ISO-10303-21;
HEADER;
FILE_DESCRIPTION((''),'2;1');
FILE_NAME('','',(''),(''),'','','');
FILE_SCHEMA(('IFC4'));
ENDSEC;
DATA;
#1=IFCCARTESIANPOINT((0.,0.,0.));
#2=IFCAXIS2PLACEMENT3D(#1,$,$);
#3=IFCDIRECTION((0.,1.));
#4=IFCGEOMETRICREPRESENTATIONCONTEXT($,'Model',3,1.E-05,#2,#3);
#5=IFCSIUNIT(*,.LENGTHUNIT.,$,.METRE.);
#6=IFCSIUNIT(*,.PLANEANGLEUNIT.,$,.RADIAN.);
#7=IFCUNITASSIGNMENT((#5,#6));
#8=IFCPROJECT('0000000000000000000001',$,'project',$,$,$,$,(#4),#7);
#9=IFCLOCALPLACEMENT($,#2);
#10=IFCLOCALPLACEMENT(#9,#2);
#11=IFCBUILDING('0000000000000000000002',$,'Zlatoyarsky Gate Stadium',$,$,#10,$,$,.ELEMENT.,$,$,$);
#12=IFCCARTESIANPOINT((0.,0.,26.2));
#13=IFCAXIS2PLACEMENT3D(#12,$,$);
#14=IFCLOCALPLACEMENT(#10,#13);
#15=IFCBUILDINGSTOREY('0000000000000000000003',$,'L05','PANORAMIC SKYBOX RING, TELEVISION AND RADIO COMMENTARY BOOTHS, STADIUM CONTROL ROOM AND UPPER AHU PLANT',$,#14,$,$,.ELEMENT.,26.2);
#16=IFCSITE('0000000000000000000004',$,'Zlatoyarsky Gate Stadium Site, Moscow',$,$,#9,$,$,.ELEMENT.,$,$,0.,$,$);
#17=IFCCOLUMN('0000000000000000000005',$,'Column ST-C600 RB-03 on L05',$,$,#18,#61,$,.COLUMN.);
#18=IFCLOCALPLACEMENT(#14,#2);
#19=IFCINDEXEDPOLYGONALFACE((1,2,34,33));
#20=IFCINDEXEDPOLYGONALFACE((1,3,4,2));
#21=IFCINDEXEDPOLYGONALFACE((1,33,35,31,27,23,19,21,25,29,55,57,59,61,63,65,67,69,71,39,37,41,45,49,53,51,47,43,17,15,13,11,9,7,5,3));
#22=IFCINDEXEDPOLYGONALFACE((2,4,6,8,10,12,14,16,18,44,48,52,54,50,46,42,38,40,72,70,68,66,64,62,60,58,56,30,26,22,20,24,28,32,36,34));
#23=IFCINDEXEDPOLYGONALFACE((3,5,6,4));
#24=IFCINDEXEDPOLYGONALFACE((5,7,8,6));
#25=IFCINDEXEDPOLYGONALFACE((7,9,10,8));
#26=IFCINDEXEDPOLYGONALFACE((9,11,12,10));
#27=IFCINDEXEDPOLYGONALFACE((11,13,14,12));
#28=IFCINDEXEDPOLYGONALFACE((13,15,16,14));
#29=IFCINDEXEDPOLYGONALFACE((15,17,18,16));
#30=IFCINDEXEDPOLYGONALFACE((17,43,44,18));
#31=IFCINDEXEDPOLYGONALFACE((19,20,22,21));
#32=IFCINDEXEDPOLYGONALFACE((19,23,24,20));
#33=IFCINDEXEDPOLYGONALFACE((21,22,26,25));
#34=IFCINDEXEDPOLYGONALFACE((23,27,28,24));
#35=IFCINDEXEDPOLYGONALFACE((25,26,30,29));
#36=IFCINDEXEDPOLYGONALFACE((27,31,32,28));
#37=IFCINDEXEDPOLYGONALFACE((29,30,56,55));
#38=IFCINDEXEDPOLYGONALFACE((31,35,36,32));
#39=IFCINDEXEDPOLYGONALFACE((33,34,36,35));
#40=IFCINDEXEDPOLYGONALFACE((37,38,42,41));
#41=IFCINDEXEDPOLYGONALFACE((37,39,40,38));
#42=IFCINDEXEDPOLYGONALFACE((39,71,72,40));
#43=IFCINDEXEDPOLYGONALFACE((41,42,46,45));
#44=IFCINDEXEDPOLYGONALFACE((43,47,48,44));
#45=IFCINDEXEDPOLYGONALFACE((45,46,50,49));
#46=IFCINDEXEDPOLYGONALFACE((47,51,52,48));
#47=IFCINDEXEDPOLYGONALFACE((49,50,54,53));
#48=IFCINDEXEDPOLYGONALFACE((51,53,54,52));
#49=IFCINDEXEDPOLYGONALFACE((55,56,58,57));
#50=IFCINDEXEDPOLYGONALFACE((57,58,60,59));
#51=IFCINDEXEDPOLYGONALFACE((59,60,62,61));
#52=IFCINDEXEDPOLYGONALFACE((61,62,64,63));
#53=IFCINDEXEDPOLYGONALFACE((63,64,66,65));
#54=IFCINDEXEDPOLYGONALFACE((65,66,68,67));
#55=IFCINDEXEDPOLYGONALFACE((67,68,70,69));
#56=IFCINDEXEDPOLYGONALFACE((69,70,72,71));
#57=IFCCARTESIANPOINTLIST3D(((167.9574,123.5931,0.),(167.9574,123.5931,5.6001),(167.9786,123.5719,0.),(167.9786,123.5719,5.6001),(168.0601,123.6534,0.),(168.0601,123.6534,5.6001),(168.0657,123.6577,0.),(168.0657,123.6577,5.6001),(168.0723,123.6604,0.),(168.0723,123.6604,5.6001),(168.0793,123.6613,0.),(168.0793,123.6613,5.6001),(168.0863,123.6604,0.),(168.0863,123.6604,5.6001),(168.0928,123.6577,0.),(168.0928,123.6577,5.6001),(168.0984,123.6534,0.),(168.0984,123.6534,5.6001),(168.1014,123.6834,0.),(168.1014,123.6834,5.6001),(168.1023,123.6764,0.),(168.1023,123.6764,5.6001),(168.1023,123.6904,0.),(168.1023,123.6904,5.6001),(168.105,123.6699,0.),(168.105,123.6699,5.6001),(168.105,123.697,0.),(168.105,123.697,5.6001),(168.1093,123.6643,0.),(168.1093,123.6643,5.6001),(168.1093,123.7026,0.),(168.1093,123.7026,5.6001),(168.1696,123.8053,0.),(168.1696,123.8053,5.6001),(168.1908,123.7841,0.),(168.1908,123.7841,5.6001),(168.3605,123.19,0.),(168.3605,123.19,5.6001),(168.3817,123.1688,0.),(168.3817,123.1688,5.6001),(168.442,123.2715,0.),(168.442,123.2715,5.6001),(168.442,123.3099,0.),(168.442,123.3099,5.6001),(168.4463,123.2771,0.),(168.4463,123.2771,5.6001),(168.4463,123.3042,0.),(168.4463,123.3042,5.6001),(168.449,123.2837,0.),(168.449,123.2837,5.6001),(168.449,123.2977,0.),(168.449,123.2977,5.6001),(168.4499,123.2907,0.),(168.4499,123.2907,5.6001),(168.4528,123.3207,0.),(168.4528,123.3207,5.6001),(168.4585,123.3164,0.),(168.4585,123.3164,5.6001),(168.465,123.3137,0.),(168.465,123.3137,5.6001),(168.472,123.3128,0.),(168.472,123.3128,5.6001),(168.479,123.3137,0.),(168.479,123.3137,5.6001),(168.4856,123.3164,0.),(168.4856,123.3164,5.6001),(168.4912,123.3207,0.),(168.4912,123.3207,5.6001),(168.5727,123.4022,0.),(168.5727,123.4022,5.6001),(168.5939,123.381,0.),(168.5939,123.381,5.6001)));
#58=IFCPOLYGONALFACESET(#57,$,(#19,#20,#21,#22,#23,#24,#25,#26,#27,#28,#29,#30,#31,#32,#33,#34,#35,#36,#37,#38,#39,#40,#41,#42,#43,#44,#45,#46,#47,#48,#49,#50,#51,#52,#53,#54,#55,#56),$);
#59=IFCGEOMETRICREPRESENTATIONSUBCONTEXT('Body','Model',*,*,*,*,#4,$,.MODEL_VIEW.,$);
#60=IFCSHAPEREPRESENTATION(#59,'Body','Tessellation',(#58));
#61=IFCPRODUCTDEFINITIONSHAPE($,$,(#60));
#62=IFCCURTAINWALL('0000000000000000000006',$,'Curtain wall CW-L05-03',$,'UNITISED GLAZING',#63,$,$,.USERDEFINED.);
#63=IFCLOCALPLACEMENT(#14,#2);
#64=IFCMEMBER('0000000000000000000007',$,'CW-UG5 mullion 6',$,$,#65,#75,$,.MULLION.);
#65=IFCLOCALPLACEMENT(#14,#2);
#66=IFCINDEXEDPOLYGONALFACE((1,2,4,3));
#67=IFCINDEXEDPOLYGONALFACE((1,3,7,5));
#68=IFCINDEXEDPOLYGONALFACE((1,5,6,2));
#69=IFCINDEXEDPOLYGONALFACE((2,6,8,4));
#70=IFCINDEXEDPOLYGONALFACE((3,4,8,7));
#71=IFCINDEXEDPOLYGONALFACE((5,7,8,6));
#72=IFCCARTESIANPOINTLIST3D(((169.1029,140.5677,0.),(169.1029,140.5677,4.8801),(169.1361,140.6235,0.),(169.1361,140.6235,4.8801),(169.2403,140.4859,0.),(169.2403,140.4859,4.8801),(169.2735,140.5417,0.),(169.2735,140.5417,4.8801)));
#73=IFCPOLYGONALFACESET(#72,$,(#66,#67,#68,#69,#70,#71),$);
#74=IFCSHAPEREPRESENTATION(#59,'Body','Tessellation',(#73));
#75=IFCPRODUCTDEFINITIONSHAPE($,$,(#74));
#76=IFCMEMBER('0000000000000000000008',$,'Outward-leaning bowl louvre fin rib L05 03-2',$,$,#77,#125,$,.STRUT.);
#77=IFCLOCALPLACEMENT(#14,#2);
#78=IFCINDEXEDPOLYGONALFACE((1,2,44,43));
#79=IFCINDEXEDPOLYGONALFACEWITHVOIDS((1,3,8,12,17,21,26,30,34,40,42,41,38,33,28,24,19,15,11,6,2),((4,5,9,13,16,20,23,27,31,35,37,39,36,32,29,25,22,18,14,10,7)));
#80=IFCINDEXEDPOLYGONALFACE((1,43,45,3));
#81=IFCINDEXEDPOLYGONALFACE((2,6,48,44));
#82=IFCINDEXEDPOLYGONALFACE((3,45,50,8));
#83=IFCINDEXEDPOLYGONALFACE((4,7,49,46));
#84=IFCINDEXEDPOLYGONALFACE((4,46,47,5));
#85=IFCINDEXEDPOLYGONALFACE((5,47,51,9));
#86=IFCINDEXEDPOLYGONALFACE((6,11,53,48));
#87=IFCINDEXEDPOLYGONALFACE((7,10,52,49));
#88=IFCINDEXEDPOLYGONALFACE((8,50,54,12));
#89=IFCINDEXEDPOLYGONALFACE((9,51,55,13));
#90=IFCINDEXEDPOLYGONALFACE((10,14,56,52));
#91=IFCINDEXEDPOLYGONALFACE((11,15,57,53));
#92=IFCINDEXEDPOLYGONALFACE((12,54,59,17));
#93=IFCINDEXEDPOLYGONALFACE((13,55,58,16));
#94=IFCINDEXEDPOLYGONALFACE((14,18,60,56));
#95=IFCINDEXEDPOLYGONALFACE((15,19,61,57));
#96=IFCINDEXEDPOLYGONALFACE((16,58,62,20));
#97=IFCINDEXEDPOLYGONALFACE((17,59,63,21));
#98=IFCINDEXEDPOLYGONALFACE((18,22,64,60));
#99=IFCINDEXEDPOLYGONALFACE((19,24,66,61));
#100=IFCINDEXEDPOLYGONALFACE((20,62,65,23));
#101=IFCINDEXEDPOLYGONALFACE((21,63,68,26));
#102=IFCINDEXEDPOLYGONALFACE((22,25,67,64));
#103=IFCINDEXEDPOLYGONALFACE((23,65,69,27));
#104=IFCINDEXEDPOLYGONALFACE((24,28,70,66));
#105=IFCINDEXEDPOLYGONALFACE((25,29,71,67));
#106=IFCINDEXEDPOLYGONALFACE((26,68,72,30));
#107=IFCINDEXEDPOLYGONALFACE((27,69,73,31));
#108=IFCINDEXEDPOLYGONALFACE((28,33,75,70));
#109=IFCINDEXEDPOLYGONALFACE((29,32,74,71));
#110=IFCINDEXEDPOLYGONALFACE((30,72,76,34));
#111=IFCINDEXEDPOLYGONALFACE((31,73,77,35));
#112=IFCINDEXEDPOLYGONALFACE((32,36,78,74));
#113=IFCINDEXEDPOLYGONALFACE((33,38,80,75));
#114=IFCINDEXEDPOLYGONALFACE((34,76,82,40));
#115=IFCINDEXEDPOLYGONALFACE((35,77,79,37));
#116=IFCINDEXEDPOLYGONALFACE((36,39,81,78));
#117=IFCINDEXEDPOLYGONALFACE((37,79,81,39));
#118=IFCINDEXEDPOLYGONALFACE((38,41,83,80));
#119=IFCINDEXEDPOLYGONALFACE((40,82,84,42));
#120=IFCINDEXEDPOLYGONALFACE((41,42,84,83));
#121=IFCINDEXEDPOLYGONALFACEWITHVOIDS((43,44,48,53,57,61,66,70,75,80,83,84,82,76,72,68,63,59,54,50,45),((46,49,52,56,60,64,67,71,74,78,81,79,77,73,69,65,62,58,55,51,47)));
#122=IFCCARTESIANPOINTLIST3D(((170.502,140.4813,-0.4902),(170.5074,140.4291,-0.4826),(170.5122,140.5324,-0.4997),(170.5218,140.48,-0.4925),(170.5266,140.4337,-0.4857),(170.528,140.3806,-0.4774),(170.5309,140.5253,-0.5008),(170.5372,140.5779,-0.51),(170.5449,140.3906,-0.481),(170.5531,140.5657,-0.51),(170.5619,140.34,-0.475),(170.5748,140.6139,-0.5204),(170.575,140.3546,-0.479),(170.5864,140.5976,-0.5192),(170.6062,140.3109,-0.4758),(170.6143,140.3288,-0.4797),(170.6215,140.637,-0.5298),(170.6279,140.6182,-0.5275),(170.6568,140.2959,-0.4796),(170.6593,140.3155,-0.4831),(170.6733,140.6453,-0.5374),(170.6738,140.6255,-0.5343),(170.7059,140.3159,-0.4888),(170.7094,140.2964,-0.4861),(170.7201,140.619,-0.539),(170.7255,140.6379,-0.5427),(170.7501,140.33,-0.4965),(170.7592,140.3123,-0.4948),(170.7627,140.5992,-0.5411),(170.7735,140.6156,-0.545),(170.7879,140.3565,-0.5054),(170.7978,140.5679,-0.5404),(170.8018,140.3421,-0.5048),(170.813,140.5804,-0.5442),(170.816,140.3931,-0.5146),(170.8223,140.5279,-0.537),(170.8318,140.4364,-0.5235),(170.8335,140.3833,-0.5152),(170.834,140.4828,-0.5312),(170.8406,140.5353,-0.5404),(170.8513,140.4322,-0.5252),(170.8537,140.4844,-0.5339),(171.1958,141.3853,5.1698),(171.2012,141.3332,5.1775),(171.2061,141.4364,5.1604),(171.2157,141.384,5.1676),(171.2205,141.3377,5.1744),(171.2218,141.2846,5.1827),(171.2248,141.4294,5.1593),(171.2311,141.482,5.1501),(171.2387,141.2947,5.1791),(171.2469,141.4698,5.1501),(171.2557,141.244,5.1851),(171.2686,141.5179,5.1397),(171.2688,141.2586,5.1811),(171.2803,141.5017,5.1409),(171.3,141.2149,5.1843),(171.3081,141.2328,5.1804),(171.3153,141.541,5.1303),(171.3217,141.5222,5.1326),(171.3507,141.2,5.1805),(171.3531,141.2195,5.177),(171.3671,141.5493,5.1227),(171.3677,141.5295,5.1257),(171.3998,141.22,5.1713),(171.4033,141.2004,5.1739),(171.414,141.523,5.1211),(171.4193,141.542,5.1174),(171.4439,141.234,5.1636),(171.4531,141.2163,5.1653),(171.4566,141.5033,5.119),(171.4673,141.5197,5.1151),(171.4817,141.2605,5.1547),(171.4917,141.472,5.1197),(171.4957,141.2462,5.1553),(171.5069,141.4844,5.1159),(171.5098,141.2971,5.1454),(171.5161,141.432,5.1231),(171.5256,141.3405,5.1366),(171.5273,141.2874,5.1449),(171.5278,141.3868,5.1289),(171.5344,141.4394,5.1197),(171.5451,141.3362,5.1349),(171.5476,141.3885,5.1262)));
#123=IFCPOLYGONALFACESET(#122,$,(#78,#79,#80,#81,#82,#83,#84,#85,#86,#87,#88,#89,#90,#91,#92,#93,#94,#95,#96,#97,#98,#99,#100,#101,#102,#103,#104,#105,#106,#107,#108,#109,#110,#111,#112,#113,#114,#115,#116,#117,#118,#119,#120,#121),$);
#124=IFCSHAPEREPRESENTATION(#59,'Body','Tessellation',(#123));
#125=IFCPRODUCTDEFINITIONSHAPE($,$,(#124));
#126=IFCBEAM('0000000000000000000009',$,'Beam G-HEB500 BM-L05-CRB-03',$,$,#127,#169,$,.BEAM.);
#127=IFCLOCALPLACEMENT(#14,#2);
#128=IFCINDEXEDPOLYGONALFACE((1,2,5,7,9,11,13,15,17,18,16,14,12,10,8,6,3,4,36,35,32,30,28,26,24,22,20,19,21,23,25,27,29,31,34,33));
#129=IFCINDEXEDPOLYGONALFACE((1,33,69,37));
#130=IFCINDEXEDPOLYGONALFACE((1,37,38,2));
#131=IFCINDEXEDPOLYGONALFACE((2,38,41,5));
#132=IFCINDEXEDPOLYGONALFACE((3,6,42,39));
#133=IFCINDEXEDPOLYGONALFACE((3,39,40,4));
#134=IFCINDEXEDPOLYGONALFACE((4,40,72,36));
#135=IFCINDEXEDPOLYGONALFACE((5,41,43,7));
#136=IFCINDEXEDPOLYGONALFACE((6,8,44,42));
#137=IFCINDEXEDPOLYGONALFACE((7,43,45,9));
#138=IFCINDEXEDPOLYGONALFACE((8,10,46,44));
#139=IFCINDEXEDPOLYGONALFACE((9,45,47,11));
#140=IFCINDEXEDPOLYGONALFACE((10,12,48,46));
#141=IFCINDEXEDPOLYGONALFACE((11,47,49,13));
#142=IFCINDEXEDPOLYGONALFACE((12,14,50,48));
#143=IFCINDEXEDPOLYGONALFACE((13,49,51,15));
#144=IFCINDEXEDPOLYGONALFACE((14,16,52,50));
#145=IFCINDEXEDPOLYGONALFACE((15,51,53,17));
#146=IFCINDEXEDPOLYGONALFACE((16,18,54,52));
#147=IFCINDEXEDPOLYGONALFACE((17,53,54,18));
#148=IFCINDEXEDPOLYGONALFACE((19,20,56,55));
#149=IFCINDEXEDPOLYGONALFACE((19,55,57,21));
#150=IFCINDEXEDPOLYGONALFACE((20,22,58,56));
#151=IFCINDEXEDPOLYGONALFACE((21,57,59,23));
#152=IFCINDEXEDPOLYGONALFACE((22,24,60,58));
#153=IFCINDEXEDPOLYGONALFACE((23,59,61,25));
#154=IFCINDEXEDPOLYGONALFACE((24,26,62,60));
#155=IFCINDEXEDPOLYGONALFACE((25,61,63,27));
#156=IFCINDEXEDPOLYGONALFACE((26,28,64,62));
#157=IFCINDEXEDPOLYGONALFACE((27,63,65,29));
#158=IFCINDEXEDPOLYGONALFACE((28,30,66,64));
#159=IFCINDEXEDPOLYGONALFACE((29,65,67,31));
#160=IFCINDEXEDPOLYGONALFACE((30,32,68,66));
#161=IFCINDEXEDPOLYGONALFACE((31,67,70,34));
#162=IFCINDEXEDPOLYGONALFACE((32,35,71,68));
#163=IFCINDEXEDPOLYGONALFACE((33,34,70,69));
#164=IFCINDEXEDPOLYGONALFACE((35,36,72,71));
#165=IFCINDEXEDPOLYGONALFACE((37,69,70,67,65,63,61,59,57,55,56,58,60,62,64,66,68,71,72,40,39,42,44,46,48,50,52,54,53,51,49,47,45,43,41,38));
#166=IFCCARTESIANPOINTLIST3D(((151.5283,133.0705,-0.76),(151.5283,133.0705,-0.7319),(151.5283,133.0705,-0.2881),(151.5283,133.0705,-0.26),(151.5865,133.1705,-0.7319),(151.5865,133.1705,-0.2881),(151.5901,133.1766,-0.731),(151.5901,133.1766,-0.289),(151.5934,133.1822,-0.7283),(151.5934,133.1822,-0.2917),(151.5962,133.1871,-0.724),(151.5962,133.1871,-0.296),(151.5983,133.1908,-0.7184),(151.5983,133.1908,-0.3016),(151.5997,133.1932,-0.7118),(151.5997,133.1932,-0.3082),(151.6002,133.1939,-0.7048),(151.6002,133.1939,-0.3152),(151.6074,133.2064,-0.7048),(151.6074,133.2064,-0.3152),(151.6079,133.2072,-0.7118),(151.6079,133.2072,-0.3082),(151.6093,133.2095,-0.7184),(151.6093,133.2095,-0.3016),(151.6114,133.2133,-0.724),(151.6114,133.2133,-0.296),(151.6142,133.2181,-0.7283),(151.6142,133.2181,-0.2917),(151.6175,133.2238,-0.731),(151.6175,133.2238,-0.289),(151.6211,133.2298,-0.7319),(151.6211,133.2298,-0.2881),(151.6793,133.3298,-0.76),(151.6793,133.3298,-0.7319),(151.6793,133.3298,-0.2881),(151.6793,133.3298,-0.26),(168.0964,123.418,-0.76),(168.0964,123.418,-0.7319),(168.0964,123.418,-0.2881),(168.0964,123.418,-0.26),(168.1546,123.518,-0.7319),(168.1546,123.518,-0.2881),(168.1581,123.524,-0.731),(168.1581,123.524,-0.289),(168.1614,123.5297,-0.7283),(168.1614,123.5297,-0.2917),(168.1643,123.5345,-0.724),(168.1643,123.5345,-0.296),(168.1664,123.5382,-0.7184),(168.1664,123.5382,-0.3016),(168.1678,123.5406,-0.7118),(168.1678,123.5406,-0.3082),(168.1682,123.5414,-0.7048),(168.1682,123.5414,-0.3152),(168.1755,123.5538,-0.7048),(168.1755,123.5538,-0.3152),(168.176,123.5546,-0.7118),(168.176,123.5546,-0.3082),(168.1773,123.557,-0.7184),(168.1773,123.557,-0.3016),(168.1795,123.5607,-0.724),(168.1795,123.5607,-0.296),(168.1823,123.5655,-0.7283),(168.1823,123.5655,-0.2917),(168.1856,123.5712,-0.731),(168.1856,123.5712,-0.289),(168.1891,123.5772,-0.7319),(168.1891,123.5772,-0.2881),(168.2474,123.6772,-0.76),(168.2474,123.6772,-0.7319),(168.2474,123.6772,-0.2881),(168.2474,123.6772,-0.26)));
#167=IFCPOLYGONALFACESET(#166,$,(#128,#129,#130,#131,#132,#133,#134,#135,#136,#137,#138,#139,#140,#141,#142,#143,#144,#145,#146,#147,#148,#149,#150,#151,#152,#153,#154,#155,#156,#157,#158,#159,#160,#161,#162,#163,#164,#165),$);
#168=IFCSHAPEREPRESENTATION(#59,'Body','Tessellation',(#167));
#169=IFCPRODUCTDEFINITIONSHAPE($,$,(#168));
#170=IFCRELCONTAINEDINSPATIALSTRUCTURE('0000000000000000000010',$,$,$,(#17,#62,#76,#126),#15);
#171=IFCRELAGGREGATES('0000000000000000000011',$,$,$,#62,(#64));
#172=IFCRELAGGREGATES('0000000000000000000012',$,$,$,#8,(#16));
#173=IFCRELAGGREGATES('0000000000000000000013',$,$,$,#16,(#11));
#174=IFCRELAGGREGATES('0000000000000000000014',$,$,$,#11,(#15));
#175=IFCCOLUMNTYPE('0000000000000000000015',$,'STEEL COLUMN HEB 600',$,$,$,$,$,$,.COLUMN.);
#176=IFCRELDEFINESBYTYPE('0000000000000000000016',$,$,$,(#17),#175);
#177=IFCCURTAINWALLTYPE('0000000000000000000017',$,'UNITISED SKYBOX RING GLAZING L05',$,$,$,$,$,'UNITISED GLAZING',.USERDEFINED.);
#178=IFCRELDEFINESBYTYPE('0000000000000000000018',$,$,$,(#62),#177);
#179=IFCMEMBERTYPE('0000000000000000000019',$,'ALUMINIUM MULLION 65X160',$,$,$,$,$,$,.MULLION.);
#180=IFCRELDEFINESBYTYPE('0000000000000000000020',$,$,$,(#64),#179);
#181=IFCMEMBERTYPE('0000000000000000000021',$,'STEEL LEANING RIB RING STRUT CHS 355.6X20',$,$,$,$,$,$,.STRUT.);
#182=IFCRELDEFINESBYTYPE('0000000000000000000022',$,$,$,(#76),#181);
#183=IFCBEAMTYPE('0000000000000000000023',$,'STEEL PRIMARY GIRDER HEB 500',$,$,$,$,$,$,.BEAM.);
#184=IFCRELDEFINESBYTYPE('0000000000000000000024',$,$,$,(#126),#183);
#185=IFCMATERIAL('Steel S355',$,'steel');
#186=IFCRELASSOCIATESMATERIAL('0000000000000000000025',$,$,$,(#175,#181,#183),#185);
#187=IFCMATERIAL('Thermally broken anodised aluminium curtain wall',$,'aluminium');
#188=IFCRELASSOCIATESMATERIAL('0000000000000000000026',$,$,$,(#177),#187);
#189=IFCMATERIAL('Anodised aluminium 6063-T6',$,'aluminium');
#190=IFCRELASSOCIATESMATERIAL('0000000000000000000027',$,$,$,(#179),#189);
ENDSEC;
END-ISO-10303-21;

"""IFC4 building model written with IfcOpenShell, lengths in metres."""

from ifc_helpers import new_model, si_unit, direction, frame, origin, origin_2d, place, context, subcontext, project, spatial, rectangle, hollow_circle, i_section, extrude, material, material_profile, profile_set, type_object, element, aggregate, save


model = new_model("IFC4")

# Units and contexts
model_context = context("Model", 3, precision=1e-05, world=origin(), true_north=direction((0.0, 1.0)))
body_context = subcontext(model_context, "Body", "Model", "MODEL_VIEW")
ifc_project = project(units=[si_unit("LENGTHUNIT", "METRE"), si_unit("PLANEANGLEUNIT", "RADIAN")], contexts=[model_context])

# Site, building, storey
site_placement = place(None, origin())
site = spatial("IfcSite", under=ifc_project, at=site_placement, Name="Zlatoyarsky Gate Stadium Site, Moscow", CompositionType="ELEMENT", RefElevation=0.0)
building_placement = place(site_placement, origin())
building = spatial("IfcBuilding", under=site, at=building_placement, Name="Zlatoyarsky Gate Stadium", CompositionType="ELEMENT")
storey_placement = place(building_placement, frame((0.0, 0.0, 26.2)))
storey = spatial("IfcBuildingStorey", under=building, at=storey_placement, Name="L05", Description="PANORAMIC SKYBOX RING, TELEVISION AND RADIO COMMENTARY BOOTHS, STADIUM CONTROL ROOM AND UPPER AHU PLANT", CompositionType="ELEMENT", Elevation=26.2)

# Column
ifc_material_1 = material(Name="Steel S355", Category="steel")
ifc_material_profile_1 = material_profile(ifc_material_1, i_section(OverallWidth=0.3, OverallDepth=0.6001, WebThickness=0.0154, FlangeThickness=0.03, FilletRadius=0.0271, at=origin_2d()), Name="HEB 600")
ifc_profile_set_1 = profile_set([ifc_material_profile_1], Name="Steel S355")
column_type = type_object("IfcColumnType", Name="STEEL COLUMN HEB 600", PredefinedType="COLUMN", material=ifc_profile_set_1)
column_placement = place(storey_placement, frame((168.2756, 123.4871, 0.0), z_axis=(0.0, 0.0, 1.0), x_axis=(0.707107, 0.707107, 0.0)))
element("IfcColumn", 1, at=column_placement, inside=storey, type_object=column_type, Name="Column ST-C600 RB-03 on L05", PredefinedType="COLUMN", context=body_context, shape_type="SweptSolid", body=[
    extrude(i_section(OverallWidth=0.3, OverallDepth=0.6001, WebThickness=0.0154, FlangeThickness=0.03, FilletRadius=0.0271, at=origin_2d()), origin(), (0.0, 0.0, 1.0), 5.6001),
])

# Curtain wall, member
ifc_material_2 = material(Name="Thermally broken anodised aluminium curtain wall", Category="aluminium")
curtain_wall_type = type_object("IfcCurtainWallType", Name="UNITISED SKYBOX RING GLAZING L05", ElementType="UNITISED GLAZING", PredefinedType="USERDEFINED", material=ifc_material_2)
curtain_wall_placement = place(storey_placement, origin())
curtain_wall = element("IfcCurtainWall", 2, at=curtain_wall_placement, inside=storey, type_object=curtain_wall_type, Name="Curtain wall CW-L05-03", ObjectType="UNITISED GLAZING", PredefinedType="USERDEFINED")
ifc_material_3 = material(Name="Anodised aluminium 6063-T6", Category="aluminium")
ifc_material_profile_2 = material_profile(ifc_material_3, rectangle(XDim=0.0649, YDim=0.1599, at=origin_2d()), Name="ALU 65X160")
ifc_profile_set_2 = profile_set([ifc_material_profile_2], Name="Anodised aluminium 6063-T6")
member_type_1 = type_object("IfcMemberType", Name="ALUMINIUM MULLION 65X160", PredefinedType="MULLION", material=ifc_profile_set_2)
member_1_placement = place(storey_placement, frame((169.1882, 140.5547, 0.0), z_axis=(0.0, 0.0, 1.0), x_axis=(-0.511577, -0.859237, 0.0)))
member_1 = element("IfcMember", 3, at=member_1_placement, type_object=member_type_1, Name="CW-UG5 mullion 6", PredefinedType="MULLION", context=body_context, shape_type="SweptSolid", body=[
    extrude(rectangle(XDim=0.0649, YDim=0.1599, at=origin_2d()), origin(), (0.0, 0.0, 1.0), 4.8801),
])

# Member
ifc_material_profile_3 = material_profile(ifc_material_1, hollow_circle(Radius=0.1777, WallThickness=0.02, at=origin_2d()), Name="CHS 355.6X20")
ifc_profile_set_3 = profile_set([ifc_material_profile_3], Name="Steel S355")
member_type_2 = type_object("IfcMemberType", Name="STEEL LEANING RIB RING STRUT CHS 355.6X20", PredefinedType="STRUT", material=ifc_profile_set_3)
member_2_placement = place(storey_placement, frame((170.6782, 140.4697, -0.51), z_axis=(0.120173, 0.15658, 0.980327), x_axis=(-0.793292, 0.608841, 0.0)))
element("IfcMember", 4, at=member_2_placement, inside=storey, type_object=member_type_2, Name="Outward-leaning bowl louvre fin rib L05 03-2", PredefinedType="STRUT", context=body_context, shape_type="SweptSolid", body=[
    extrude(hollow_circle(Radius=0.1777, WallThickness=0.02, at=origin_2d()), origin(), (0.0, 0.0, 1.0), 5.7737),
])

# Beam
ifc_material_profile_4 = material_profile(ifc_material_1, i_section(OverallWidth=0.3, OverallDepth=0.5, WebThickness=0.0144, FlangeThickness=0.0281, FilletRadius=0.0271, at=origin_2d()), Name="HEB 500")
ifc_profile_set_4 = profile_set([ifc_material_profile_4], Name="Steel S355")
beam_type_1 = type_object("IfcBeamType", Name="STEEL PRIMARY GIRDER HEB 500", PredefinedType="BEAM", material=ifc_profile_set_4)
beam_1_placement = place(storey_placement, frame((168.1719, 123.5476, -0.51), z_axis=(-0.864054, 0.503398, 0.0), x_axis=(-0.503398, -0.864054, 0.0)))
element("IfcBeam", 5, at=beam_1_placement, inside=storey, type_object=beam_type_1, Name="Beam G-HEB500 BM-L05-CRB-03", PredefinedType="BEAM", context=body_context, shape_type="SweptSolid", body=[
    extrude(i_section(OverallWidth=0.3, OverallDepth=0.5, WebThickness=0.0144, FlangeThickness=0.0281, FilletRadius=0.0271, at=origin_2d()), origin(), (0.0, 0.0, 1.0), 19.1748),
])

aggregate(curtain_wall, [member_1])

save(model, "model.ifc")
